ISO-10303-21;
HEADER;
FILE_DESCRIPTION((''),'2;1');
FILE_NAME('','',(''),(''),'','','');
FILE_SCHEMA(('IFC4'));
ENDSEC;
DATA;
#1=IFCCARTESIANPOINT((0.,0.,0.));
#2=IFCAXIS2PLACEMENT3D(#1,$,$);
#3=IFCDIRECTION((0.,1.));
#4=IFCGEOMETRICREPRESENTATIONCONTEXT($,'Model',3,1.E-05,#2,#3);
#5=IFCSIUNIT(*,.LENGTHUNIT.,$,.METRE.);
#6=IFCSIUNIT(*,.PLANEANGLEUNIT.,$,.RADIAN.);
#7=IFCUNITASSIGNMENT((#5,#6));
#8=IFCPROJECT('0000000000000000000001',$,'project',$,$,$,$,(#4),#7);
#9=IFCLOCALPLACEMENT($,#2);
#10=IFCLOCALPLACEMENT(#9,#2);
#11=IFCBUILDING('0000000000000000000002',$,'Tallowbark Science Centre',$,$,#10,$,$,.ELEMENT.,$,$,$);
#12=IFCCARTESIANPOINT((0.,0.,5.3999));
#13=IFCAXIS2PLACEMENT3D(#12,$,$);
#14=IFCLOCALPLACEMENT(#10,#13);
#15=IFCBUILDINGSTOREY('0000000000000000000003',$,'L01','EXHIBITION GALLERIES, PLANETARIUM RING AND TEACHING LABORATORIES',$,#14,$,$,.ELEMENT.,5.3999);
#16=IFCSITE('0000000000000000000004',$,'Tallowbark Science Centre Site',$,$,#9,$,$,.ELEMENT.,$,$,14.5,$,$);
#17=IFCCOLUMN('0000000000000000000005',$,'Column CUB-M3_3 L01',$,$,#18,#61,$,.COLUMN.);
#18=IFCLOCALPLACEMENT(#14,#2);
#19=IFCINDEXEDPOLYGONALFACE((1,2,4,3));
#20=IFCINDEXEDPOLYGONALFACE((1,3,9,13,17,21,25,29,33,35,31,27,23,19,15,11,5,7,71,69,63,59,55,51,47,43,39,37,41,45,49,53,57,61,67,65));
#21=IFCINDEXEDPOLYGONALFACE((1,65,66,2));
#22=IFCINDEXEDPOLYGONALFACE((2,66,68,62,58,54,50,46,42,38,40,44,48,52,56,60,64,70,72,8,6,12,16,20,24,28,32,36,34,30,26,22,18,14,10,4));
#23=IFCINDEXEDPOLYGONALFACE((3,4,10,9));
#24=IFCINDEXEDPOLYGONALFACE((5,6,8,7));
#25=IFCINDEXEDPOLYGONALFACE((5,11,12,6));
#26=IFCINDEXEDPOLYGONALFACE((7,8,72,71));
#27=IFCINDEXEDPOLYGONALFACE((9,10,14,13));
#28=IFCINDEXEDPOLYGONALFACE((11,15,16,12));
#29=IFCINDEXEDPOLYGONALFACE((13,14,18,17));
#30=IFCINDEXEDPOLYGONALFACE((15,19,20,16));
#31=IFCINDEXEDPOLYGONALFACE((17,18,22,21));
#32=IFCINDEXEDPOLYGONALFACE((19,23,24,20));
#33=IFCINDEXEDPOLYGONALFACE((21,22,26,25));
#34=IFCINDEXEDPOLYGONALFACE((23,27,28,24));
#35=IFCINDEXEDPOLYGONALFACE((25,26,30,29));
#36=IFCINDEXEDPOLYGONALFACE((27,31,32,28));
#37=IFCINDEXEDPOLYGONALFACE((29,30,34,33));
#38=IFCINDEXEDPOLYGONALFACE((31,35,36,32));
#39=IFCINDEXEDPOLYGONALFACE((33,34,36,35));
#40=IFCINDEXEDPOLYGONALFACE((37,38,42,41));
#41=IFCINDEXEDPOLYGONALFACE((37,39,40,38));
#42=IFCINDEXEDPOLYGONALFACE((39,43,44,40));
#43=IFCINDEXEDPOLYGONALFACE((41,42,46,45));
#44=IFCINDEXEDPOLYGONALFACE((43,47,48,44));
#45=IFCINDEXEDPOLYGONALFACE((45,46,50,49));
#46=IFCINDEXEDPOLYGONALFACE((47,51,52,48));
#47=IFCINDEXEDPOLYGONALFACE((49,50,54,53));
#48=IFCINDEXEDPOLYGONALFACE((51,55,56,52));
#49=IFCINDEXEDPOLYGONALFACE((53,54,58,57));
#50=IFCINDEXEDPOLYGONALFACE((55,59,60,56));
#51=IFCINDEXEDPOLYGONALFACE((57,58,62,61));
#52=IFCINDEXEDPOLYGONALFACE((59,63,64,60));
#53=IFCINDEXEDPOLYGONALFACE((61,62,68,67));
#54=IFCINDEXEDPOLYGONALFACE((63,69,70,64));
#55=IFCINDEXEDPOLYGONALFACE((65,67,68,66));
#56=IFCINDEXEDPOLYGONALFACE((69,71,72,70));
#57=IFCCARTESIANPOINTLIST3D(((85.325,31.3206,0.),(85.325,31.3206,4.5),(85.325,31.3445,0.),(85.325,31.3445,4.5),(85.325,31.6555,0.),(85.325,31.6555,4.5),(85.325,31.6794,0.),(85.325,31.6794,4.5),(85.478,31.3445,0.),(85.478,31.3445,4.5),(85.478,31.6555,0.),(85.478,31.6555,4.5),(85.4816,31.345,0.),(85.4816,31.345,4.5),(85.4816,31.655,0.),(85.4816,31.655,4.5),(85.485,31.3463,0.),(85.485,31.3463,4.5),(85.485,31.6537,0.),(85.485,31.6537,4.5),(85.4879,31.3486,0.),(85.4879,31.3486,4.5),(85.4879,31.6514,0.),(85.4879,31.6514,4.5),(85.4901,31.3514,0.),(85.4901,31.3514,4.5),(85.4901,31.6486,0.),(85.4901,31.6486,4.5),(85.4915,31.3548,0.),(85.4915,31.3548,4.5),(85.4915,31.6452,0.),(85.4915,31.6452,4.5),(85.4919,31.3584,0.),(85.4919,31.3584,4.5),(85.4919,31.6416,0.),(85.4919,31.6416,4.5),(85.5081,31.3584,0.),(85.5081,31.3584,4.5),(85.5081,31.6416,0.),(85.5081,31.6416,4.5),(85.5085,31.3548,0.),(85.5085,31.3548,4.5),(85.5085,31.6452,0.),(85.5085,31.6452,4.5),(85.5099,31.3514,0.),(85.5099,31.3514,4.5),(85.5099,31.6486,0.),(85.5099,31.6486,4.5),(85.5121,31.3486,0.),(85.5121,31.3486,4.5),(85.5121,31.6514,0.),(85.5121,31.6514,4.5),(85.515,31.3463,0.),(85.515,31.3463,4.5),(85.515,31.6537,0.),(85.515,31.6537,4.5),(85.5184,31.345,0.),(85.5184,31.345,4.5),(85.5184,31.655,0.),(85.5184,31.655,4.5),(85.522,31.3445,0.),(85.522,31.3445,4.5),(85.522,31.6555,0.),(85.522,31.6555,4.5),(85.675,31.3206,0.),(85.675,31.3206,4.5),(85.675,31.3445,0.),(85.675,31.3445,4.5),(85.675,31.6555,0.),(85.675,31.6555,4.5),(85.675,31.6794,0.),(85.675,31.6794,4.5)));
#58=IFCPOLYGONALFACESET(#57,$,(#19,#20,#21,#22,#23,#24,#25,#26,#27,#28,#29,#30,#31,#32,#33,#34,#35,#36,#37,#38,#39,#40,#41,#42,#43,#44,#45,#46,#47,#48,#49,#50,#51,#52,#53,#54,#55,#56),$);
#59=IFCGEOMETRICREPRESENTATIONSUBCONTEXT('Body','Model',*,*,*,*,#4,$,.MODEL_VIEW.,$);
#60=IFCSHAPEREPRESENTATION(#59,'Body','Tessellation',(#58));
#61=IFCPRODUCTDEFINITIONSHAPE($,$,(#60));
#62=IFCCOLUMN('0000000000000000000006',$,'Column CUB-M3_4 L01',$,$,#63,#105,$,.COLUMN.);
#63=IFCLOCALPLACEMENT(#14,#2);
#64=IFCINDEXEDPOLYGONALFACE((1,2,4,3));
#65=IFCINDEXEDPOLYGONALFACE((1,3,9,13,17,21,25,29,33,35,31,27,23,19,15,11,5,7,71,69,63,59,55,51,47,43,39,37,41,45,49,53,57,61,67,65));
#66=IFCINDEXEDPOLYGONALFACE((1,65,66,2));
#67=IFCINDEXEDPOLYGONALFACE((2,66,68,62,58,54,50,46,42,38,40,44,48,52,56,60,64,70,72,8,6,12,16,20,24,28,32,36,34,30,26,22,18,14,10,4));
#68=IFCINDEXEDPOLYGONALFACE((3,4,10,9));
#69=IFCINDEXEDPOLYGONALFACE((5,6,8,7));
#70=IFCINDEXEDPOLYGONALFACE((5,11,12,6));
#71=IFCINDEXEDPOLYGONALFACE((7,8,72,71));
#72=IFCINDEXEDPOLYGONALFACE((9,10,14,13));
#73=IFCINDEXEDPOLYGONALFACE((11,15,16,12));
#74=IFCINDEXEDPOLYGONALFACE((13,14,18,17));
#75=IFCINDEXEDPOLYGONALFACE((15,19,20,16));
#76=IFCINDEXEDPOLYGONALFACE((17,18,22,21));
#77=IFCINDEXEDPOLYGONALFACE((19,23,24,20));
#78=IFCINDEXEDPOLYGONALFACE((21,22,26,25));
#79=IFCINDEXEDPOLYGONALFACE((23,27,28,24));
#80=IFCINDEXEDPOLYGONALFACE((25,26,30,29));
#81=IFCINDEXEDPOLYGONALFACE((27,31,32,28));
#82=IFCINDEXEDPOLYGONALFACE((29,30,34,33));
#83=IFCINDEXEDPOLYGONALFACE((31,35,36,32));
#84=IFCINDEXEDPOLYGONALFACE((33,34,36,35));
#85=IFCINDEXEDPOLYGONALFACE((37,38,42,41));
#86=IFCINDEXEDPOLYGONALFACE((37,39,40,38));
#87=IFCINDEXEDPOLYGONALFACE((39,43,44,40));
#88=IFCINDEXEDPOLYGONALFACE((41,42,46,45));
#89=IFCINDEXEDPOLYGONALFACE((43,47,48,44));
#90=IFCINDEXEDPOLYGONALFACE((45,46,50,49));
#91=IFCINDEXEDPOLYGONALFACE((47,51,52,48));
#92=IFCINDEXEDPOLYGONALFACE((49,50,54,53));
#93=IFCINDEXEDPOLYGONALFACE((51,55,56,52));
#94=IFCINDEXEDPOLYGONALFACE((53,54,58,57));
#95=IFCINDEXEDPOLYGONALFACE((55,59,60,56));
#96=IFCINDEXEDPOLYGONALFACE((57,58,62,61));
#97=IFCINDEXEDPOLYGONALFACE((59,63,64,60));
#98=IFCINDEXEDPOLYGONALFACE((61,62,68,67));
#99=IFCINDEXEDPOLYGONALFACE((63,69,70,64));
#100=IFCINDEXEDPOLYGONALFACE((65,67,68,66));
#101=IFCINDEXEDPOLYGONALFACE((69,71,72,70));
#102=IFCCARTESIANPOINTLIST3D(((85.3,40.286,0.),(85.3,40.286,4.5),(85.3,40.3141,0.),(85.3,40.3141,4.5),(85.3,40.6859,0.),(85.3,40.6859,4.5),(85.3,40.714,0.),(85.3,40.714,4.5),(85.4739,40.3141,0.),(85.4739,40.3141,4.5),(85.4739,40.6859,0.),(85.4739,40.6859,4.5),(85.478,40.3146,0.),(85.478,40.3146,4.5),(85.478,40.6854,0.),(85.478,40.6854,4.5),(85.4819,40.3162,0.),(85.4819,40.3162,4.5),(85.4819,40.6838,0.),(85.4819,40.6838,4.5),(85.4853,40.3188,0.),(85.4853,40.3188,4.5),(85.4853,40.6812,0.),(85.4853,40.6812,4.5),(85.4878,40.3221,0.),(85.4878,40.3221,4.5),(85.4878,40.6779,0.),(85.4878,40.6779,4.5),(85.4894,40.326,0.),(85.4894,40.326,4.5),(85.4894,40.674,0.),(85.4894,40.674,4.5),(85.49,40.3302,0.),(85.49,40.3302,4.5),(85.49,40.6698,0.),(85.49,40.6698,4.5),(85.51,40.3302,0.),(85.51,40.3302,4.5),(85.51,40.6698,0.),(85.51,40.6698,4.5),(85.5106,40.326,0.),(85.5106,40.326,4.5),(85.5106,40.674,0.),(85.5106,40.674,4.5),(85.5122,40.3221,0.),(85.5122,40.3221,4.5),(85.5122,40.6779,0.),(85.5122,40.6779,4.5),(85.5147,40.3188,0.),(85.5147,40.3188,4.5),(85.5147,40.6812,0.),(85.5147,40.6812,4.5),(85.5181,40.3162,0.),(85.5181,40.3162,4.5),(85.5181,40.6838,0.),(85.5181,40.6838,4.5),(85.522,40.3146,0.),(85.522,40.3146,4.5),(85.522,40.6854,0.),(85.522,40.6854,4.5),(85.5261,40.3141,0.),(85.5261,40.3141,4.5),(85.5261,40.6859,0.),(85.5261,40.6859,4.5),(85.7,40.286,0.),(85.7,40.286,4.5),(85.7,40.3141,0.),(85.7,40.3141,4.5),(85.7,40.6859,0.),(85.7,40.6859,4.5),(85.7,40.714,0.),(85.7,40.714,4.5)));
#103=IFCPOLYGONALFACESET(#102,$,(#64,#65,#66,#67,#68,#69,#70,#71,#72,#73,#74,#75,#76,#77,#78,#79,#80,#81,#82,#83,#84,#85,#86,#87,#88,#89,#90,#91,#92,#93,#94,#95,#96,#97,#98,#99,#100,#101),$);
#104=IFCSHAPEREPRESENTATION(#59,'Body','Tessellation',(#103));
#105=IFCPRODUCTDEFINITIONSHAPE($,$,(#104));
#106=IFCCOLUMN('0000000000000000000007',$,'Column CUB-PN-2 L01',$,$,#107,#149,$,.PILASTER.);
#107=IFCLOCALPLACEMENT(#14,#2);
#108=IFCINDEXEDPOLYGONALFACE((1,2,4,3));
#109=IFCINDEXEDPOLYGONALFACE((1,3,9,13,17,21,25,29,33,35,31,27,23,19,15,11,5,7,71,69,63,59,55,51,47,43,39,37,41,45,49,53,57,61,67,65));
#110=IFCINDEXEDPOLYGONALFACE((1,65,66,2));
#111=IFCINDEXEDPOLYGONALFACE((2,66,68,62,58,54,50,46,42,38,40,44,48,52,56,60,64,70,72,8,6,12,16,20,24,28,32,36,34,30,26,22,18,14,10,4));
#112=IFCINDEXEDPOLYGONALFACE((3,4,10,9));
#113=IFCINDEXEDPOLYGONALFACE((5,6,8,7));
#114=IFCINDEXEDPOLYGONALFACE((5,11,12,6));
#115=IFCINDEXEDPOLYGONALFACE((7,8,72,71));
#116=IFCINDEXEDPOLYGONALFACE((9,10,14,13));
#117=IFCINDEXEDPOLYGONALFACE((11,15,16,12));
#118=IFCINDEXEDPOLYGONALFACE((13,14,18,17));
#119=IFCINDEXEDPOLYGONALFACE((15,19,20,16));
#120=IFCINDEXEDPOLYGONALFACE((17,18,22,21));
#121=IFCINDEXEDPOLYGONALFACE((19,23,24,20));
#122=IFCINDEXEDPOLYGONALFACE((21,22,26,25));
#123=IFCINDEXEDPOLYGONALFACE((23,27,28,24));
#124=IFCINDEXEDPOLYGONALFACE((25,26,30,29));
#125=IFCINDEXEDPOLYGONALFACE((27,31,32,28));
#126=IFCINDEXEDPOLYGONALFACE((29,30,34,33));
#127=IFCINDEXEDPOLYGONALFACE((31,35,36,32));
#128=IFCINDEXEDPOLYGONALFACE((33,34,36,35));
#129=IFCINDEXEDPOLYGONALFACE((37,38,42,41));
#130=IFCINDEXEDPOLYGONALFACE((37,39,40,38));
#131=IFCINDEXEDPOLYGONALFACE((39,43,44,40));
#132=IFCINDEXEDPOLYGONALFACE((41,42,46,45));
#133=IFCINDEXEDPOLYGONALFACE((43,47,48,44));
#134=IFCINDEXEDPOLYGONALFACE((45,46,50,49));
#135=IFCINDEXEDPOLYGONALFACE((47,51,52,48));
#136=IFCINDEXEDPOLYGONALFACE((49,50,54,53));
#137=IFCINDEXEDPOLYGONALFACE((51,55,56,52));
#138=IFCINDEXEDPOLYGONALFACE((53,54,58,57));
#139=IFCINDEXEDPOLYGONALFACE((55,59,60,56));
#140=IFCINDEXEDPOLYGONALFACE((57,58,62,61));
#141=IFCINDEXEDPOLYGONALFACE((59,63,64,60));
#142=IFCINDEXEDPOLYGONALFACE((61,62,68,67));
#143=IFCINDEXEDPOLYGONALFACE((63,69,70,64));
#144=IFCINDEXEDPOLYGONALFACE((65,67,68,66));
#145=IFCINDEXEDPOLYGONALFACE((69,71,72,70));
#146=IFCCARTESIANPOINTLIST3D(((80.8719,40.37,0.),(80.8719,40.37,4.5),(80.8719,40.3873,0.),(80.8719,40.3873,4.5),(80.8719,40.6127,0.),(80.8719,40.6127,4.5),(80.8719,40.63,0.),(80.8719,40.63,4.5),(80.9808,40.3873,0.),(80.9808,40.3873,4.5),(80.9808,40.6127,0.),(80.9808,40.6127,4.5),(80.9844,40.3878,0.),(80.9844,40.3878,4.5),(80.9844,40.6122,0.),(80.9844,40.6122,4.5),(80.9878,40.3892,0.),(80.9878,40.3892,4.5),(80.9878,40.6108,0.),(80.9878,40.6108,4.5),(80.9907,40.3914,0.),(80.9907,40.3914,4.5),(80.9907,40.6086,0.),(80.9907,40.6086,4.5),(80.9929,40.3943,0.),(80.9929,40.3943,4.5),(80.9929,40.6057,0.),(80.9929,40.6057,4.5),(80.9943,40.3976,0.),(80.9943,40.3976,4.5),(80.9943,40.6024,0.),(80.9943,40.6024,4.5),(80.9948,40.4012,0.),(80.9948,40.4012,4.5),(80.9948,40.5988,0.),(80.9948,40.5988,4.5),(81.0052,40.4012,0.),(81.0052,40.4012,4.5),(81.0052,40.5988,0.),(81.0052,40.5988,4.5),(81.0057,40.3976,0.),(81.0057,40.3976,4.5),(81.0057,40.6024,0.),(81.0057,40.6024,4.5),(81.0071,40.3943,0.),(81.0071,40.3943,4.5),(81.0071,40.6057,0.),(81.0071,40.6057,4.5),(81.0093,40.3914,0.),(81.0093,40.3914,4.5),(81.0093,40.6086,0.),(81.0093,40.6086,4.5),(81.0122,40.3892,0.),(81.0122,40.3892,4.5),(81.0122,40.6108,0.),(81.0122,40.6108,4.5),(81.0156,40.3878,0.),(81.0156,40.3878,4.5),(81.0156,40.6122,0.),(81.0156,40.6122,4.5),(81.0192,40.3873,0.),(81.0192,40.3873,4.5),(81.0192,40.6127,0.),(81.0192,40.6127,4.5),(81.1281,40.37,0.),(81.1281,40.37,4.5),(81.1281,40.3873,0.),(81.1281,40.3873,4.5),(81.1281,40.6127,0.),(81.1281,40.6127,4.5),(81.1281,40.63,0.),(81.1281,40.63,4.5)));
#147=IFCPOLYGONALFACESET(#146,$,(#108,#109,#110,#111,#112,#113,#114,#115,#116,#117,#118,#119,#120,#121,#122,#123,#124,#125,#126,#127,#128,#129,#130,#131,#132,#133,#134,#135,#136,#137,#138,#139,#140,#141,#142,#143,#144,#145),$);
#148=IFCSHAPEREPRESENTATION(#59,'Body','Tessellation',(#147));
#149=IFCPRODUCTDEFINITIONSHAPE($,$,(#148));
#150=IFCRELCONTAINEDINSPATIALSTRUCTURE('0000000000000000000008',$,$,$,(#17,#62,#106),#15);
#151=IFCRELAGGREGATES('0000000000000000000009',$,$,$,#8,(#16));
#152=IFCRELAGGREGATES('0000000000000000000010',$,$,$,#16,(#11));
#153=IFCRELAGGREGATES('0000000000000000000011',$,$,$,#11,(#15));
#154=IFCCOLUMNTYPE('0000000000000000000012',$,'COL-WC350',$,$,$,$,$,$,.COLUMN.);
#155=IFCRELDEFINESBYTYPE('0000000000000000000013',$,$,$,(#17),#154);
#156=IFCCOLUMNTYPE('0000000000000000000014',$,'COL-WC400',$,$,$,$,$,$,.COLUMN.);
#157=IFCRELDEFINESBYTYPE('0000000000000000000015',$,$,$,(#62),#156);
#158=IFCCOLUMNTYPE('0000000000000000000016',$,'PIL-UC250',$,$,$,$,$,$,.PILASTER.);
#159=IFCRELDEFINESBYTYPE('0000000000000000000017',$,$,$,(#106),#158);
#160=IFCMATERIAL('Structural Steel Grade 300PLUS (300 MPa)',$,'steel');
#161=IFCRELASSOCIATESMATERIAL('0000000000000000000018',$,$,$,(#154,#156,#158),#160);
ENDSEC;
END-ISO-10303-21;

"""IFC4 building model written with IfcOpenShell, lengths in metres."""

from ifc_helpers import new_model, si_unit, direction, frame, origin, origin_2d, place, context, subcontext, project, spatial, i_section, extrude, material, material_profile, profile_set, type_object, element, save


model = new_model("IFC4")

# Units and contexts
model_context = context("Model", 3, precision=1e-05, world=origin(), true_north=direction((0.0, 1.0)))
body_context = subcontext(model_context, "Body", "Model", "MODEL_VIEW")
ifc_project = project(units=[si_unit("LENGTHUNIT", "METRE"), si_unit("PLANEANGLEUNIT", "RADIAN")], contexts=[model_context])

# Site, building, storey
site_placement = place(None, origin())
site = spatial("IfcSite", under=ifc_project, at=site_placement, Name="Tallowbark Science Centre Site", CompositionType="ELEMENT", RefElevation=14.5)
building_placement = place(site_placement, origin())
building = spatial("IfcBuilding", under=site, at=building_placement, Name="Tallowbark Science Centre", CompositionType="ELEMENT")
storey_placement = place(building_placement, frame((0.0, 0.0, 5.3999)))
storey = spatial("IfcBuildingStorey", under=building, at=storey_placement, Name="L01", Description="EXHIBITION GALLERIES, PLANETARIUM RING AND TEACHING LABORATORIES", CompositionType="ELEMENT", Elevation=5.3999)

# Columns
ifc_material_1 = material(Name="Structural Steel Grade 300PLUS (300 MPa)", Category="steel")
ifc_material_profile_1 = material_profile(ifc_material_1, i_section(OverallWidth=0.3501, OverallDepth=0.3589, WebThickness=0.0161, FlangeThickness=0.0239, FilletRadius=0.0139, at=origin_2d()), Name="350WC197")
ifc_profile_set_1 = profile_set([ifc_material_profile_1], Name="Structural Steel Grade 300PLUS (300 MPa)")
column_type_1 = type_object("IfcColumnType", Name="COL-WC350", PredefinedType="COLUMN", material=ifc_profile_set_1)
column_1_placement = place(storey_placement, frame((85.5, 31.5, 0.0), z_axis=(0.0, 0.0, 1.0), x_axis=(1.0, 0.0, 0.0)))
element("IfcColumn", 1, at=column_1_placement, inside=storey, type_object=column_type_1, Name="Column CUB-M3_3 L01", PredefinedType="COLUMN", context=body_context, shape_type="SweptSolid", body=[
    extrude(i_section(OverallWidth=0.3501, OverallDepth=0.3589, WebThickness=0.0161, FlangeThickness=0.0239, FilletRadius=0.0139, at=origin_2d()), origin(), (0.0, 0.0, 1.0), 4.5),
])
ifc_material_profile_2 = material_profile(ifc_material_1, i_section(OverallWidth=0.3999, OverallDepth=0.428, WebThickness=0.02, FlangeThickness=0.0281, FilletRadius=0.0161, at=origin_2d()), Name="400WC270")
ifc_profile_set_2 = profile_set([ifc_material_profile_2], Name="Structural Steel Grade 300PLUS (300 MPa)")
column_type_2 = type_object("IfcColumnType", Name="COL-WC400", PredefinedType="COLUMN", material=ifc_profile_set_2)
column_2_placement = place(storey_placement, frame((85.5, 40.5, 0.0), z_axis=(0.0, 0.0, 1.0), x_axis=(1.0, 0.0, 0.0)))
element("IfcColumn", 2, at=column_2_placement, inside=storey, type_object=column_type_2, Name="Column CUB-M3_4 L01", PredefinedType="COLUMN", context=body_context, shape_type="SweptSolid", body=[
    extrude(i_section(OverallWidth=0.3999, OverallDepth=0.428, WebThickness=0.02, FlangeThickness=0.0281, FilletRadius=0.0161, at=origin_2d()), origin(), (0.0, 0.0, 1.0), 4.5),
])
ifc_material_profile_3 = material_profile(ifc_material_1, i_section(OverallWidth=0.2561, OverallDepth=0.26, WebThickness=0.0105, FlangeThickness=0.0173, FilletRadius=0.0139, at=origin_2d()), Name="250UC89.5")
ifc_profile_set_3 = profile_set([ifc_material_profile_3], Name="Structural Steel Grade 300PLUS (300 MPa)")
column_type_3 = type_object("IfcColumnType", Name="PIL-UC250", PredefinedType="PILASTER", material=ifc_profile_set_3)
column_3_placement = place(storey_placement, frame((81.0, 40.5, 0.0), z_axis=(0.0, 0.0, 1.0), x_axis=(1.0, 0.0, 0.0)))
element("IfcColumn", 3, at=column_3_placement, inside=storey, type_object=column_type_3, Name="Column CUB-PN-2 L01", PredefinedType="PILASTER", context=body_context, shape_type="SweptSolid", body=[
    extrude(i_section(OverallWidth=0.2561, OverallDepth=0.26, WebThickness=0.0105, FlangeThickness=0.0173, FilletRadius=0.0139, at=origin_2d()), origin(), (0.0, 0.0, 1.0), 4.5),
])

save(model, "model.ifc")
